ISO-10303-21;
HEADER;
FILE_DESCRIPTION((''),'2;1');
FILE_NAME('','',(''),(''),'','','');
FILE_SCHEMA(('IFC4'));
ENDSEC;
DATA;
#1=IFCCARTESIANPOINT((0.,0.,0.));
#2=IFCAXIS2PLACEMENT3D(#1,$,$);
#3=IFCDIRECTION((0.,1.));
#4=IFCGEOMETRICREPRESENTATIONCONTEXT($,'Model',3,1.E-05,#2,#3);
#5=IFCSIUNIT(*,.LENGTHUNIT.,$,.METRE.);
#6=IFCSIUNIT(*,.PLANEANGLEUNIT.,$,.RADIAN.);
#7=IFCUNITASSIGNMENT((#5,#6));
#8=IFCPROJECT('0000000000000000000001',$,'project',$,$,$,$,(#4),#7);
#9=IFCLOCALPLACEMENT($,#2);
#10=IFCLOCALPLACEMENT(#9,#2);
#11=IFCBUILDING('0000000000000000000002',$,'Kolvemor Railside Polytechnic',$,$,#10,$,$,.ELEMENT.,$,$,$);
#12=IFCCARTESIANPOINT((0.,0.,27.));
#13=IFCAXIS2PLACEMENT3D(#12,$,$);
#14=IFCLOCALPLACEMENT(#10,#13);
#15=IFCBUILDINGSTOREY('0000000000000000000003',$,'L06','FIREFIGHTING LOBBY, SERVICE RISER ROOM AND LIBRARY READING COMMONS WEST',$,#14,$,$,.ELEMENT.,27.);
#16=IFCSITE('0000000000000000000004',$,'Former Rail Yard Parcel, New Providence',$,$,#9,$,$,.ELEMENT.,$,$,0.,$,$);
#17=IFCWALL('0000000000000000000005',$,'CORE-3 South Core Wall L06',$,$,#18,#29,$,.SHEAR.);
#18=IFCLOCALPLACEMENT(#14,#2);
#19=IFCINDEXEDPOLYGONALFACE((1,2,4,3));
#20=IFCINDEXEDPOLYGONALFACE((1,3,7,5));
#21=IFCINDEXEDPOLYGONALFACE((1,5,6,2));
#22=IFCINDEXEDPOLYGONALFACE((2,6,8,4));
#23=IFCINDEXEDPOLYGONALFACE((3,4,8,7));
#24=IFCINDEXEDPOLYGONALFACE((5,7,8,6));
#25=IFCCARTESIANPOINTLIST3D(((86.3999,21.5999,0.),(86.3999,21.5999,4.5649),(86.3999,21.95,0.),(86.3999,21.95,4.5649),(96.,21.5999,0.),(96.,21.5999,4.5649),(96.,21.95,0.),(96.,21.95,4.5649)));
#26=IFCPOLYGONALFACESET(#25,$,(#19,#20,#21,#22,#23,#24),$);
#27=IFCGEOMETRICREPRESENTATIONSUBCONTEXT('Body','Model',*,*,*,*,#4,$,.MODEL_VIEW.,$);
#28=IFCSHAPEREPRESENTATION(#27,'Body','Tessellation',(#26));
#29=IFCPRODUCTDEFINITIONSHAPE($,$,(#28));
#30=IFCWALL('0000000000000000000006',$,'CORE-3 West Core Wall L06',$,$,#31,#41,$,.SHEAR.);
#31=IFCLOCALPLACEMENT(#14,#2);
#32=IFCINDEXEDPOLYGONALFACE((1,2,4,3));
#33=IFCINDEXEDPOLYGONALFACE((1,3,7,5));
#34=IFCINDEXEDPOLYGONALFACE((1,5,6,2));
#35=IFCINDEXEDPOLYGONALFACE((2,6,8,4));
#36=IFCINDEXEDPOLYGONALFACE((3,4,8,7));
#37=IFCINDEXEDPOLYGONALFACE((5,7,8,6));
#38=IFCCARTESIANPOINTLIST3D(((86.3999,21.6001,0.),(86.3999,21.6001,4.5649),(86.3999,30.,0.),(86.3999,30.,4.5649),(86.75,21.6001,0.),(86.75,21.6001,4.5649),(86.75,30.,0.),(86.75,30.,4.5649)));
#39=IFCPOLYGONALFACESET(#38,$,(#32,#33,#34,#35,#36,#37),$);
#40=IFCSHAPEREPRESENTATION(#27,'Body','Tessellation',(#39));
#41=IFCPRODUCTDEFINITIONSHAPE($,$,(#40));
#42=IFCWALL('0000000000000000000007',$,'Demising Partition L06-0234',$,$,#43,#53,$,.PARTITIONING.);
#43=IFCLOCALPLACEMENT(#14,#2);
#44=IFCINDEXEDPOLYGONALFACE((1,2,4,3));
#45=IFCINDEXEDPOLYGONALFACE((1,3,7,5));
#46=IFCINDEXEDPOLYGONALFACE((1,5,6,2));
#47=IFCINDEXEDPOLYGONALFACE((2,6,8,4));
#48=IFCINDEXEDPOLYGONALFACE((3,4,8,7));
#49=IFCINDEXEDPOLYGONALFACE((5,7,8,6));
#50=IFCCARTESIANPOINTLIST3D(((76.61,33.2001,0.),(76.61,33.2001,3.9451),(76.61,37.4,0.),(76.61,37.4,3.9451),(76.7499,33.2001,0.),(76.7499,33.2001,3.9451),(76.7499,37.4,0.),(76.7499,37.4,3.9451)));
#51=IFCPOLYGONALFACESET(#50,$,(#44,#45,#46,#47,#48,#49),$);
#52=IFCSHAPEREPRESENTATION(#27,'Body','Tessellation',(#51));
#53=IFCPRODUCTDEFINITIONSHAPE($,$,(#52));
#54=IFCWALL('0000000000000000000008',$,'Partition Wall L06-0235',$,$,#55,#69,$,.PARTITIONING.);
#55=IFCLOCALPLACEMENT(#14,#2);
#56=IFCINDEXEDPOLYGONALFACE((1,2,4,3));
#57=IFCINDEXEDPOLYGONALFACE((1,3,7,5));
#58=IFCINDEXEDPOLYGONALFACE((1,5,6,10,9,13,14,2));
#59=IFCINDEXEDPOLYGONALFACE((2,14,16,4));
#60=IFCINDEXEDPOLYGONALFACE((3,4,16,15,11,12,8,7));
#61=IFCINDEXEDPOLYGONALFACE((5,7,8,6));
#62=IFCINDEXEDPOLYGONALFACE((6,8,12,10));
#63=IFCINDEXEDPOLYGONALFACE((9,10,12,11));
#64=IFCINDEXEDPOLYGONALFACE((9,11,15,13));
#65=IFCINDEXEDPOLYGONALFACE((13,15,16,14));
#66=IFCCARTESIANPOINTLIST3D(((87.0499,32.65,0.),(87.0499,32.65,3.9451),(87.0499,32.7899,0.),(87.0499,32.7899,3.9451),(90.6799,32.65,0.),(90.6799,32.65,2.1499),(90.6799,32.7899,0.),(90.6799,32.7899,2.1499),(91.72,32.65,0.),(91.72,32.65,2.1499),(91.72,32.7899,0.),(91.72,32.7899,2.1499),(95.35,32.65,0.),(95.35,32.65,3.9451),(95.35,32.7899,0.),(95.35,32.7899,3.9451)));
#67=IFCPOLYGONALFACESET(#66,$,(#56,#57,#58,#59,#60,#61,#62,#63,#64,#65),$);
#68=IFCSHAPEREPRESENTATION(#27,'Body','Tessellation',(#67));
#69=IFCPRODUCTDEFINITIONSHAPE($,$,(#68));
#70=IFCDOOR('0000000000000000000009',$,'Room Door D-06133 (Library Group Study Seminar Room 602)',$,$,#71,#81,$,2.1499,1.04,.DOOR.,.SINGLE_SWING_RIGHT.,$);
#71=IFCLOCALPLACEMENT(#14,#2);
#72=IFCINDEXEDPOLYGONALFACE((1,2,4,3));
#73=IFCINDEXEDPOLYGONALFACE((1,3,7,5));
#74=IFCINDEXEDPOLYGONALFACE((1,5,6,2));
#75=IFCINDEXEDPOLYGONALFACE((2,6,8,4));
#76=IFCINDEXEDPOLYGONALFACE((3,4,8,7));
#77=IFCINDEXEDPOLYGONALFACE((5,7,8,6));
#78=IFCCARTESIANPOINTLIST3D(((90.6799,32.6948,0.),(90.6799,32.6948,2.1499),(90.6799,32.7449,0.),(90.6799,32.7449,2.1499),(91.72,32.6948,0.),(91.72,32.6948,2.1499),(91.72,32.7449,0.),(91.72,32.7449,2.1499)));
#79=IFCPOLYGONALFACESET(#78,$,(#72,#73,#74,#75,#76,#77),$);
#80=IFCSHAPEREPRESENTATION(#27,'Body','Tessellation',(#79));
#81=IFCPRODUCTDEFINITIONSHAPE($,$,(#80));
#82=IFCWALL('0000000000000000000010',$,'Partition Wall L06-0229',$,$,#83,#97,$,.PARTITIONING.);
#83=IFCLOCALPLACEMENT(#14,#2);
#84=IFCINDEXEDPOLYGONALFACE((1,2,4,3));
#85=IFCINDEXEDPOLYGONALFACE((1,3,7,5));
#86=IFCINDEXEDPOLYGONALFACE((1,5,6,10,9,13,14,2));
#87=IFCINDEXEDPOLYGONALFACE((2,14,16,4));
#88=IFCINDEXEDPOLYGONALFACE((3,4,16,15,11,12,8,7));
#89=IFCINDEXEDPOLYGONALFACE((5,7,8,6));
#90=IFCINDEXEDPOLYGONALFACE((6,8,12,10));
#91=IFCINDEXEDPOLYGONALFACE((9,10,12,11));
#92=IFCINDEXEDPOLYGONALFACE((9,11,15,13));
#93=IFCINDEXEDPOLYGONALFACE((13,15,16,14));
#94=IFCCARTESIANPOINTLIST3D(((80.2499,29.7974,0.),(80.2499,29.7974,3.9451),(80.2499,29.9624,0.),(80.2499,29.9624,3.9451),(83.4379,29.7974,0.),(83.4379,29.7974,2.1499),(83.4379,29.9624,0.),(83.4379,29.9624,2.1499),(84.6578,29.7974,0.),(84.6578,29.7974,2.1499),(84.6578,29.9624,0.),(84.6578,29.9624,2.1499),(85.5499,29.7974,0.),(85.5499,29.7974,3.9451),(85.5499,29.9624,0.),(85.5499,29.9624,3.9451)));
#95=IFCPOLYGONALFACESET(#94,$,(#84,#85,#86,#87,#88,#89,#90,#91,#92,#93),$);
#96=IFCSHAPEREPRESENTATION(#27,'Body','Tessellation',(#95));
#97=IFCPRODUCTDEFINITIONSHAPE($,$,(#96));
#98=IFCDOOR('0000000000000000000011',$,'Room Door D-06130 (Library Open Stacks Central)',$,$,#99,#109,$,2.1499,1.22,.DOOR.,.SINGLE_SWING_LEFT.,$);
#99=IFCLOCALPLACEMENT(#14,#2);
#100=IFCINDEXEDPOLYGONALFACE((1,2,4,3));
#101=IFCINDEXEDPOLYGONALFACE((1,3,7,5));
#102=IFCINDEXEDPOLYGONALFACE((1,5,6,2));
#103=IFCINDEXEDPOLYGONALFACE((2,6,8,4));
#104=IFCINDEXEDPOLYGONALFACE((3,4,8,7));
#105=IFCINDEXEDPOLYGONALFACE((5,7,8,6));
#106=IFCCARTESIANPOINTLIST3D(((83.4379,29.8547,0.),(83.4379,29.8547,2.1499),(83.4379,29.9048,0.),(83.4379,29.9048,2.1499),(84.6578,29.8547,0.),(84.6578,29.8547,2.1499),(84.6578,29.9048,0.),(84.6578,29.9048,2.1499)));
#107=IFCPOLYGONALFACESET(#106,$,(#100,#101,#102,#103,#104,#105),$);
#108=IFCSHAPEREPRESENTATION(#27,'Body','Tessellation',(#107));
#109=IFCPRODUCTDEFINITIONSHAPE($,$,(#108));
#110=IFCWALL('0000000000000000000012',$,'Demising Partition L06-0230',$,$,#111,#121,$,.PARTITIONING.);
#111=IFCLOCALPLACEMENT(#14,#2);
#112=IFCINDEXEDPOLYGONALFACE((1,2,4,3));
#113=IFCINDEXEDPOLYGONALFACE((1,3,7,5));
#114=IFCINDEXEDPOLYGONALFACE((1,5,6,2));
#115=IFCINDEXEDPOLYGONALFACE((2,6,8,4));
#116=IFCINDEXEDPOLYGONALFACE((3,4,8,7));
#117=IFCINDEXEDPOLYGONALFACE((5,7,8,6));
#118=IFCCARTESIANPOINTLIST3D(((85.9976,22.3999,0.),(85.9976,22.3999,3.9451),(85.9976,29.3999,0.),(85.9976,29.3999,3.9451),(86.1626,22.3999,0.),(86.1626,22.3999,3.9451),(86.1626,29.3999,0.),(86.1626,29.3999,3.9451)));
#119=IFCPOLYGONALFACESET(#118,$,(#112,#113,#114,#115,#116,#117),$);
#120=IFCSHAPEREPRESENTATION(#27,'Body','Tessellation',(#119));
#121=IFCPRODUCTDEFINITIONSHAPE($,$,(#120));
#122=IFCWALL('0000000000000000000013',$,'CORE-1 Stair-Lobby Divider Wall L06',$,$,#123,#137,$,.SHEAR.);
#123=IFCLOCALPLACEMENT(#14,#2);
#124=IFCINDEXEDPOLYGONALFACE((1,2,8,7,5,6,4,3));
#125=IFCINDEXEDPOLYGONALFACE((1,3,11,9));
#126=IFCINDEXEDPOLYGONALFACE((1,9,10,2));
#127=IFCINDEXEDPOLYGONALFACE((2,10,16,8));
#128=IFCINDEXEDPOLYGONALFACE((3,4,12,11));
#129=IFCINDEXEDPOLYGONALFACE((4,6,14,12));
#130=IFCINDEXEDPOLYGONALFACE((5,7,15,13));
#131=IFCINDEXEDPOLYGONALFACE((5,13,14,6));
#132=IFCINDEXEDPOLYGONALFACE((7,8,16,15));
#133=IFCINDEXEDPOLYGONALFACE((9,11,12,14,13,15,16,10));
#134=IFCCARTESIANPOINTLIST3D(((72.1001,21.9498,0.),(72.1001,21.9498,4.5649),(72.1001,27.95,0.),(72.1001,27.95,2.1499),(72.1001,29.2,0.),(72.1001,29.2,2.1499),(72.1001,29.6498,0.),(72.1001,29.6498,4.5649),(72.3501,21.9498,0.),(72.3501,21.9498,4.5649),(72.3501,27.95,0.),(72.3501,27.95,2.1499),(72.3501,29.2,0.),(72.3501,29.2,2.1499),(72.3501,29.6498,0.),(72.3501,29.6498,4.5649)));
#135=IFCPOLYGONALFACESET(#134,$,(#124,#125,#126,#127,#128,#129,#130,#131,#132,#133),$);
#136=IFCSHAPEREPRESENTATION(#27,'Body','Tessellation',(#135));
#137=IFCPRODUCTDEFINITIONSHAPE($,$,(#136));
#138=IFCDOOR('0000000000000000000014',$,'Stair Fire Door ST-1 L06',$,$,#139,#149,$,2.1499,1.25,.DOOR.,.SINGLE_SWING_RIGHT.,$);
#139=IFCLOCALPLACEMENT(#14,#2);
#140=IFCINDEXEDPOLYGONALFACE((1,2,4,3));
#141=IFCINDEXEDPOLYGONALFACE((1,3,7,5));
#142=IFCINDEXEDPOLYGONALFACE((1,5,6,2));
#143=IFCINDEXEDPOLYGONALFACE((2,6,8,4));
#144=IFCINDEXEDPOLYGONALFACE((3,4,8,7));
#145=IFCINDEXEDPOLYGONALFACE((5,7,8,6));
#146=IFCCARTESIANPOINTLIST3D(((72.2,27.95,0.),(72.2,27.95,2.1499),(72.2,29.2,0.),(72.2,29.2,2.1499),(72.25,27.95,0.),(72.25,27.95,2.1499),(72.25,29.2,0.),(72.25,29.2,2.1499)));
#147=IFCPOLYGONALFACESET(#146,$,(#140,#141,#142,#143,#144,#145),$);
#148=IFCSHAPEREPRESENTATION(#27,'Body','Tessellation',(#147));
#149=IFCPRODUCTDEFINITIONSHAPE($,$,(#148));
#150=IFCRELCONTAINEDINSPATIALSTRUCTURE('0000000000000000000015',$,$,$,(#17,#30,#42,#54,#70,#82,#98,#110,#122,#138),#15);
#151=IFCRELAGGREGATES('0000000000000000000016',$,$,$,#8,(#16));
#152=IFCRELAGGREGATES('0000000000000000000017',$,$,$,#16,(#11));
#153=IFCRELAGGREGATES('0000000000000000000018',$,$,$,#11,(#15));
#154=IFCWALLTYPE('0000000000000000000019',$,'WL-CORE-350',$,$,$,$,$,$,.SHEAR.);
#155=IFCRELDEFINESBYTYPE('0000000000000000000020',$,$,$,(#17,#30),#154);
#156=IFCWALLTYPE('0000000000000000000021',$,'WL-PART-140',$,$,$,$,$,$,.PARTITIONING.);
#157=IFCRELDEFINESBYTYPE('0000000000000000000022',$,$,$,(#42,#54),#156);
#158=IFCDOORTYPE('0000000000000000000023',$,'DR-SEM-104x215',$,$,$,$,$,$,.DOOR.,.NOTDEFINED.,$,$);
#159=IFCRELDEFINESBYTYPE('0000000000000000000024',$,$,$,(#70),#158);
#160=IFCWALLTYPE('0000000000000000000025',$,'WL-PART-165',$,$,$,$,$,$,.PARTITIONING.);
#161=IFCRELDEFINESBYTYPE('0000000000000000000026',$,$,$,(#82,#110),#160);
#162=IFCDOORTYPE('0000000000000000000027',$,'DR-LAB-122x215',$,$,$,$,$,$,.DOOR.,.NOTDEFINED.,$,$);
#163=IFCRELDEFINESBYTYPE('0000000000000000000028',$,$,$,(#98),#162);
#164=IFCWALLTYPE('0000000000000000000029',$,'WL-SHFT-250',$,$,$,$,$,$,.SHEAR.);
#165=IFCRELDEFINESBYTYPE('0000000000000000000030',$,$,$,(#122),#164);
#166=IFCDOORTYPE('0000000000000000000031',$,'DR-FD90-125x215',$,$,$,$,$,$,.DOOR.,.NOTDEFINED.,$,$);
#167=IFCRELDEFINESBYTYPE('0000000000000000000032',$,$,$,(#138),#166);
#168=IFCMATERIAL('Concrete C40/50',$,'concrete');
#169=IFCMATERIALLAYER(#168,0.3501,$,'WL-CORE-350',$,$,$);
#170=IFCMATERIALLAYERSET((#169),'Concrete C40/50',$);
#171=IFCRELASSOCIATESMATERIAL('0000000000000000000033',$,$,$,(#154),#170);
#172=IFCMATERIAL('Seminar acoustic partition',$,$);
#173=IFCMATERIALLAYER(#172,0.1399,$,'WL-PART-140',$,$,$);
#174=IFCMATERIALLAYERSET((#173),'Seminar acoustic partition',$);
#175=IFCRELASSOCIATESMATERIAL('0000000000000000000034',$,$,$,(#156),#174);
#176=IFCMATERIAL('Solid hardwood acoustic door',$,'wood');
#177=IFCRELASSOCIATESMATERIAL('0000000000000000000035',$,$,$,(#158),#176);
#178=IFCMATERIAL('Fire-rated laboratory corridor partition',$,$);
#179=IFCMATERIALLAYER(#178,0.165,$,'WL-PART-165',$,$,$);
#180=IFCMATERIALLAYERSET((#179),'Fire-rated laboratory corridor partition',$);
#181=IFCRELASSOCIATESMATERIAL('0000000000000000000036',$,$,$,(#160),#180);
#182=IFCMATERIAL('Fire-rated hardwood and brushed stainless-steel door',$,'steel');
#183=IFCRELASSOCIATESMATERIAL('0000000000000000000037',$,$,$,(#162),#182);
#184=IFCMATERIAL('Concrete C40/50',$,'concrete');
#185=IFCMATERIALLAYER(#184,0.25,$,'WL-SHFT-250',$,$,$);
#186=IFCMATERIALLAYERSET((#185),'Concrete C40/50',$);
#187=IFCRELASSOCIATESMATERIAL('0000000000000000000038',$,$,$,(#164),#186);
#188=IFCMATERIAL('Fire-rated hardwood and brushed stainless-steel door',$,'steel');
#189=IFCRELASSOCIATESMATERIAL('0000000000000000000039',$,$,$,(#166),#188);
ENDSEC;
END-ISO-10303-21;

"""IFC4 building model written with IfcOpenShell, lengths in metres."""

from ifc_helpers import new_model, si_unit, direction, frame, frame_2d, origin, place, context, subcontext, project, spatial, rectangle, extrude, material, layer, layer_set, type_object, element, fill, save


model = new_model("IFC4")

# Units and contexts
model_context = context("Model", 3, precision=1e-05, world=origin(), true_north=direction((0.0, 1.0)))
body_context = subcontext(model_context, "Body", "Model", "MODEL_VIEW")
ifc_project = project(units=[si_unit("LENGTHUNIT", "METRE"), si_unit("PLANEANGLEUNIT", "RADIAN")], contexts=[model_context])

# Site, building, storey
site_placement = place(None, origin())
site = spatial("IfcSite", under=ifc_project, at=site_placement, Name="Former Rail Yard Parcel, New Providence", CompositionType="ELEMENT", RefElevation=0.0)
building_placement = place(site_placement, origin())
building = spatial("IfcBuilding", under=site, at=building_placement, Name="Kolvemor Railside Polytechnic", CompositionType="ELEMENT")
storey_placement = place(building_placement, frame((0.0, 0.0, 27.0)))
storey = spatial("IfcBuildingStorey", under=building, at=storey_placement, Name="L06", Description="FIREFIGHTING LOBBY, SERVICE RISER ROOM AND LIBRARY READING COMMONS WEST", CompositionType="ELEMENT", Elevation=27.0)

# Walls
ifc_material_1 = material(Name="Concrete C40/50", Category="concrete")
ifc_layer_1 = layer(ifc_material_1, 0.3501, Name="WL-CORE-350")
ifc_layer_set_1 = layer_set([ifc_layer_1], Name="Concrete C40/50")
wall_type_1 = type_object("IfcWallType", Name="WL-CORE-350", PredefinedType="SHEAR", material=ifc_layer_set_1)
for number, where, z_axis, x_axis, name in (
    (1, (86.3999, 21.7749, 0.0), (0.0, 0.0, 1.0), (1.0, 0.0, 0.0), "CORE-3 South Core Wall L06"),
):
    element("IfcWall", number, at=place(storey_placement, frame(where, z_axis=z_axis, x_axis=x_axis)), inside=storey, type_object=wall_type_1, Name=name, PredefinedType="SHEAR", context=body_context, shape_type="SweptSolid", body=[
        extrude(rectangle(XDim=9.6001, YDim=0.3501, at=frame_2d((4.8, 0.0))), origin(), (0.0, 0.0, 1.0), 4.5649),
    ])
wall_1_placement = place(storey_placement, frame((86.575, 21.6001, 0.0), z_axis=(0.0, 0.0, 1.0), x_axis=(0.0, 1.0, 0.0)))
element("IfcWall", 2, at=wall_1_placement, inside=storey, type_object=wall_type_1, Name="CORE-3 West Core Wall L06", PredefinedType="SHEAR", context=body_context, shape_type="SweptSolid", body=[
    extrude(rectangle(XDim=8.3999, YDim=0.3501, at=frame_2d((4.2, 0.0))), origin(), (0.0, 0.0, 1.0), 4.5649),
])
ifc_material_2 = material(Name="Seminar acoustic partition")
ifc_layer_2 = layer(ifc_material_2, 0.1399, Name="WL-PART-140")
ifc_layer_set_2 = layer_set([ifc_layer_2], Name="Seminar acoustic partition")
wall_type_2 = type_object("IfcWallType", Name="WL-PART-140", PredefinedType="PARTITIONING", material=ifc_layer_set_2)
wall_2_placement = place(storey_placement, frame((76.6799, 33.2, 0.0), z_axis=(0.0, 0.0, 1.0), x_axis=(0.0, 1.0, 0.0)))
element("IfcWall", 3, at=wall_2_placement, inside=storey, type_object=wall_type_2, Name="Demising Partition L06-0234", PredefinedType="PARTITIONING", context=body_context, shape_type="SweptSolid", body=[
    extrude(rectangle(XDim=4.2, YDim=0.1399, at=frame_2d((2.1001, 0.0))), origin(), (0.0, 0.0, 1.0), 3.9451),
])

# Walls, openings, doors
wall_3_placement = place(storey_placement, frame((87.05, 32.72, 0.0), z_axis=(0.0, 0.0, 1.0), x_axis=(1.0, 0.0, 0.0)))
wall_3 = element("IfcWall", 4, at=wall_3_placement, inside=storey, type_object=wall_type_2, Name="Partition Wall L06-0235", PredefinedType="PARTITIONING", context=body_context, shape_type="SweptSolid", body=[
    extrude(rectangle(XDim=8.3, YDim=0.1399, at=frame_2d((4.1499, 0.0))), origin(), (0.0, 0.0, 1.0), 3.9451),
])
opening_1_placement = place(wall_3_placement, frame((3.6299, 0.0, 0.0)))
opening_1 = element("IfcOpeningElement", 5, at=opening_1_placement, cuts=wall_3, PredefinedType="OPENING", context=body_context, shape_type="SweptSolid", body=[
    extrude(rectangle(XDim=1.04, YDim=2.1499, at=frame_2d((0.52, 1.075))), frame((0.0, 0.0798, 0.0), z_axis=(0.0, -1.0, 0.0), x_axis=(1.0, 0.0, 0.0)), (0.0, 0.0, 1.0), 0.1599),
])
ifc_material_3 = material(Name="Solid hardwood acoustic door", Category="wood")
door_type_1 = type_object("IfcDoorType", Name="DR-SEM-104x215", OperationType="NOTDEFINED", PredefinedType="DOOR", material=ifc_material_3)
door_1_placement = place(opening_1_placement, origin())
door_1 = element("IfcDoor", 6, at=door_1_placement, inside=storey, type_object=door_type_1, Name="Room Door D-06133 (Library Group Study Seminar Room 602)", OperationType="SINGLE_SWING_RIGHT", OverallHeight=2.1499, OverallWidth=1.04, PredefinedType="DOOR", context=body_context, shape_type="SweptSolid", body=[
    extrude(rectangle(XDim=1.04, YDim=2.1499, at=frame_2d((0.52, 1.075))), frame((0.0, 0.0249, 0.0), z_axis=(0.0, -1.0, 0.0), x_axis=(1.0, 0.0, 0.0)), (0.0, 0.0, 1.0), 0.05),
])
fill(opening_1, door_1)
ifc_material_4 = material(Name="Fire-rated laboratory corridor partition")
ifc_layer_3 = layer(ifc_material_4, 0.165, Name="WL-PART-165")
ifc_layer_set_3 = layer_set([ifc_layer_3], Name="Fire-rated laboratory corridor partition")
wall_type_3 = type_object("IfcWallType", Name="WL-PART-165", PredefinedType="PARTITIONING", material=ifc_layer_set_3)
wall_4_placement = place(storey_placement, frame((80.25, 29.8799, 0.0), z_axis=(0.0, 0.0, 1.0), x_axis=(1.0, 0.0, 0.0)))
wall_4 = element("IfcWall", 7, at=wall_4_placement, inside=storey, type_object=wall_type_3, Name="Partition Wall L06-0229", PredefinedType="PARTITIONING", context=body_context, shape_type="SweptSolid", body=[
    extrude(rectangle(XDim=5.3, YDim=0.165, at=frame_2d((2.6499, 0.0))), origin(), (0.0, 0.0, 1.0), 3.9451),
])
opening_2_placement = place(wall_4_placement, frame((3.188, 0.0, 0.0)))
opening_2 = element("IfcOpeningElement", 8, at=opening_2_placement, cuts=wall_4, PredefinedType="OPENING", context=body_context, shape_type="SweptSolid", body=[
    extrude(rectangle(XDim=1.22, YDim=2.1499, at=frame_2d((0.6099, 1.075))), frame((0.0, 0.0925, 0.0), z_axis=(0.0, -1.0, 0.0), x_axis=(1.0, 0.0, 0.0)), (0.0, 0.0, 1.0), 0.1851),
])
ifc_material_5 = material(Name="Fire-rated hardwood and brushed stainless-steel door", Category="steel")
door_type_2 = type_object("IfcDoorType", Name="DR-LAB-122x215", OperationType="NOTDEFINED", PredefinedType="DOOR", material=ifc_material_5)
door_2_placement = place(opening_2_placement, origin())
door_2 = element("IfcDoor", 9, at=door_2_placement, inside=storey, type_object=door_type_2, Name="Room Door D-06130 (Library Open Stacks Central)", OperationType="SINGLE_SWING_LEFT", OverallHeight=2.1499, OverallWidth=1.22, PredefinedType="DOOR", context=body_context, shape_type="SweptSolid", body=[
    extrude(rectangle(XDim=1.22, YDim=2.1499, at=frame_2d((0.6099, 1.075))), frame((0.0, 0.0249, 0.0), z_axis=(0.0, -1.0, 0.0), x_axis=(1.0, 0.0, 0.0)), (0.0, 0.0, 1.0), 0.05),
])
fill(opening_2, door_2)

# Wall
wall_5_placement = place(storey_placement, frame((86.0801, 22.3999, 0.0), z_axis=(0.0, 0.0, 1.0), x_axis=(0.0, 1.0, 0.0)))
element("IfcWall", 10, at=wall_5_placement, inside=storey, type_object=wall_type_3, Name="Demising Partition L06-0230", PredefinedType="PARTITIONING", context=body_context, shape_type="SweptSolid", body=[
    extrude(rectangle(XDim=7.0, YDim=0.165, at=frame_2d((3.5, 0.0))), origin(), (0.0, 0.0, 1.0), 3.9451),
])

# Wall, opening, door
ifc_material_6 = material(Name="Concrete C40/50", Category="concrete")
ifc_layer_4 = layer(ifc_material_6, 0.25, Name="WL-SHFT-250")
ifc_layer_set_4 = layer_set([ifc_layer_4], Name="Concrete C40/50")
wall_type_4 = type_object("IfcWallType", Name="WL-SHFT-250", PredefinedType="SHEAR", material=ifc_layer_set_4)
wall_6_placement = place(storey_placement, frame((72.2251, 29.6499, 0.0), z_axis=(0.0, 0.0, 1.0), x_axis=(0.0, -1.0, 0.0)))
wall_6 = element("IfcWall", 11, at=wall_6_placement, inside=storey, type_object=wall_type_4, Name="CORE-1 Stair-Lobby Divider Wall L06", PredefinedType="SHEAR", context=body_context, shape_type="SweptSolid", body=[
    extrude(rectangle(XDim=7.7, YDim=0.25, at=frame_2d((3.8501, 0.0))), origin(), (0.0, 0.0, 1.0), 4.5649),
])
opening_3_placement = place(wall_6_placement, frame((0.45, 0.0, 0.0)))
opening_3 = element("IfcOpeningElement", 12, at=opening_3_placement, cuts=wall_6, PredefinedType="OPENING", context=body_context, shape_type="SweptSolid", body=[
    extrude(rectangle(XDim=1.25, YDim=2.1499, at=frame_2d((0.625, 1.075))), frame((0.0, 0.135, 0.0), z_axis=(0.0, -1.0, 0.0), x_axis=(1.0, 0.0, 0.0)), (0.0, 0.0, 1.0), 0.27),
])
ifc_material_7 = material(Name="Fire-rated hardwood and brushed stainless-steel door", Category="steel")
door_type_3 = type_object("IfcDoorType", Name="DR-FD90-125x215", OperationType="NOTDEFINED", PredefinedType="DOOR", material=ifc_material_7)
door_3_placement = place(opening_3_placement, origin())
door_3 = element("IfcDoor", 13, at=door_3_placement, inside=storey, type_object=door_type_3, Name="Stair Fire Door ST-1 L06", OperationType="SINGLE_SWING_RIGHT", OverallHeight=2.1499, OverallWidth=1.25, PredefinedType="DOOR", context=body_context, shape_type="SweptSolid", body=[
    extrude(rectangle(XDim=1.25, YDim=2.1499, at=frame_2d((0.625, 1.075))), frame((0.0, 0.0249, 0.0), z_axis=(0.0, -1.0, 0.0), x_axis=(1.0, 0.0, 0.0)), (0.0, 0.0, 1.0), 0.05),
])
fill(opening_3, door_3)

save(model, "model.ifc")
